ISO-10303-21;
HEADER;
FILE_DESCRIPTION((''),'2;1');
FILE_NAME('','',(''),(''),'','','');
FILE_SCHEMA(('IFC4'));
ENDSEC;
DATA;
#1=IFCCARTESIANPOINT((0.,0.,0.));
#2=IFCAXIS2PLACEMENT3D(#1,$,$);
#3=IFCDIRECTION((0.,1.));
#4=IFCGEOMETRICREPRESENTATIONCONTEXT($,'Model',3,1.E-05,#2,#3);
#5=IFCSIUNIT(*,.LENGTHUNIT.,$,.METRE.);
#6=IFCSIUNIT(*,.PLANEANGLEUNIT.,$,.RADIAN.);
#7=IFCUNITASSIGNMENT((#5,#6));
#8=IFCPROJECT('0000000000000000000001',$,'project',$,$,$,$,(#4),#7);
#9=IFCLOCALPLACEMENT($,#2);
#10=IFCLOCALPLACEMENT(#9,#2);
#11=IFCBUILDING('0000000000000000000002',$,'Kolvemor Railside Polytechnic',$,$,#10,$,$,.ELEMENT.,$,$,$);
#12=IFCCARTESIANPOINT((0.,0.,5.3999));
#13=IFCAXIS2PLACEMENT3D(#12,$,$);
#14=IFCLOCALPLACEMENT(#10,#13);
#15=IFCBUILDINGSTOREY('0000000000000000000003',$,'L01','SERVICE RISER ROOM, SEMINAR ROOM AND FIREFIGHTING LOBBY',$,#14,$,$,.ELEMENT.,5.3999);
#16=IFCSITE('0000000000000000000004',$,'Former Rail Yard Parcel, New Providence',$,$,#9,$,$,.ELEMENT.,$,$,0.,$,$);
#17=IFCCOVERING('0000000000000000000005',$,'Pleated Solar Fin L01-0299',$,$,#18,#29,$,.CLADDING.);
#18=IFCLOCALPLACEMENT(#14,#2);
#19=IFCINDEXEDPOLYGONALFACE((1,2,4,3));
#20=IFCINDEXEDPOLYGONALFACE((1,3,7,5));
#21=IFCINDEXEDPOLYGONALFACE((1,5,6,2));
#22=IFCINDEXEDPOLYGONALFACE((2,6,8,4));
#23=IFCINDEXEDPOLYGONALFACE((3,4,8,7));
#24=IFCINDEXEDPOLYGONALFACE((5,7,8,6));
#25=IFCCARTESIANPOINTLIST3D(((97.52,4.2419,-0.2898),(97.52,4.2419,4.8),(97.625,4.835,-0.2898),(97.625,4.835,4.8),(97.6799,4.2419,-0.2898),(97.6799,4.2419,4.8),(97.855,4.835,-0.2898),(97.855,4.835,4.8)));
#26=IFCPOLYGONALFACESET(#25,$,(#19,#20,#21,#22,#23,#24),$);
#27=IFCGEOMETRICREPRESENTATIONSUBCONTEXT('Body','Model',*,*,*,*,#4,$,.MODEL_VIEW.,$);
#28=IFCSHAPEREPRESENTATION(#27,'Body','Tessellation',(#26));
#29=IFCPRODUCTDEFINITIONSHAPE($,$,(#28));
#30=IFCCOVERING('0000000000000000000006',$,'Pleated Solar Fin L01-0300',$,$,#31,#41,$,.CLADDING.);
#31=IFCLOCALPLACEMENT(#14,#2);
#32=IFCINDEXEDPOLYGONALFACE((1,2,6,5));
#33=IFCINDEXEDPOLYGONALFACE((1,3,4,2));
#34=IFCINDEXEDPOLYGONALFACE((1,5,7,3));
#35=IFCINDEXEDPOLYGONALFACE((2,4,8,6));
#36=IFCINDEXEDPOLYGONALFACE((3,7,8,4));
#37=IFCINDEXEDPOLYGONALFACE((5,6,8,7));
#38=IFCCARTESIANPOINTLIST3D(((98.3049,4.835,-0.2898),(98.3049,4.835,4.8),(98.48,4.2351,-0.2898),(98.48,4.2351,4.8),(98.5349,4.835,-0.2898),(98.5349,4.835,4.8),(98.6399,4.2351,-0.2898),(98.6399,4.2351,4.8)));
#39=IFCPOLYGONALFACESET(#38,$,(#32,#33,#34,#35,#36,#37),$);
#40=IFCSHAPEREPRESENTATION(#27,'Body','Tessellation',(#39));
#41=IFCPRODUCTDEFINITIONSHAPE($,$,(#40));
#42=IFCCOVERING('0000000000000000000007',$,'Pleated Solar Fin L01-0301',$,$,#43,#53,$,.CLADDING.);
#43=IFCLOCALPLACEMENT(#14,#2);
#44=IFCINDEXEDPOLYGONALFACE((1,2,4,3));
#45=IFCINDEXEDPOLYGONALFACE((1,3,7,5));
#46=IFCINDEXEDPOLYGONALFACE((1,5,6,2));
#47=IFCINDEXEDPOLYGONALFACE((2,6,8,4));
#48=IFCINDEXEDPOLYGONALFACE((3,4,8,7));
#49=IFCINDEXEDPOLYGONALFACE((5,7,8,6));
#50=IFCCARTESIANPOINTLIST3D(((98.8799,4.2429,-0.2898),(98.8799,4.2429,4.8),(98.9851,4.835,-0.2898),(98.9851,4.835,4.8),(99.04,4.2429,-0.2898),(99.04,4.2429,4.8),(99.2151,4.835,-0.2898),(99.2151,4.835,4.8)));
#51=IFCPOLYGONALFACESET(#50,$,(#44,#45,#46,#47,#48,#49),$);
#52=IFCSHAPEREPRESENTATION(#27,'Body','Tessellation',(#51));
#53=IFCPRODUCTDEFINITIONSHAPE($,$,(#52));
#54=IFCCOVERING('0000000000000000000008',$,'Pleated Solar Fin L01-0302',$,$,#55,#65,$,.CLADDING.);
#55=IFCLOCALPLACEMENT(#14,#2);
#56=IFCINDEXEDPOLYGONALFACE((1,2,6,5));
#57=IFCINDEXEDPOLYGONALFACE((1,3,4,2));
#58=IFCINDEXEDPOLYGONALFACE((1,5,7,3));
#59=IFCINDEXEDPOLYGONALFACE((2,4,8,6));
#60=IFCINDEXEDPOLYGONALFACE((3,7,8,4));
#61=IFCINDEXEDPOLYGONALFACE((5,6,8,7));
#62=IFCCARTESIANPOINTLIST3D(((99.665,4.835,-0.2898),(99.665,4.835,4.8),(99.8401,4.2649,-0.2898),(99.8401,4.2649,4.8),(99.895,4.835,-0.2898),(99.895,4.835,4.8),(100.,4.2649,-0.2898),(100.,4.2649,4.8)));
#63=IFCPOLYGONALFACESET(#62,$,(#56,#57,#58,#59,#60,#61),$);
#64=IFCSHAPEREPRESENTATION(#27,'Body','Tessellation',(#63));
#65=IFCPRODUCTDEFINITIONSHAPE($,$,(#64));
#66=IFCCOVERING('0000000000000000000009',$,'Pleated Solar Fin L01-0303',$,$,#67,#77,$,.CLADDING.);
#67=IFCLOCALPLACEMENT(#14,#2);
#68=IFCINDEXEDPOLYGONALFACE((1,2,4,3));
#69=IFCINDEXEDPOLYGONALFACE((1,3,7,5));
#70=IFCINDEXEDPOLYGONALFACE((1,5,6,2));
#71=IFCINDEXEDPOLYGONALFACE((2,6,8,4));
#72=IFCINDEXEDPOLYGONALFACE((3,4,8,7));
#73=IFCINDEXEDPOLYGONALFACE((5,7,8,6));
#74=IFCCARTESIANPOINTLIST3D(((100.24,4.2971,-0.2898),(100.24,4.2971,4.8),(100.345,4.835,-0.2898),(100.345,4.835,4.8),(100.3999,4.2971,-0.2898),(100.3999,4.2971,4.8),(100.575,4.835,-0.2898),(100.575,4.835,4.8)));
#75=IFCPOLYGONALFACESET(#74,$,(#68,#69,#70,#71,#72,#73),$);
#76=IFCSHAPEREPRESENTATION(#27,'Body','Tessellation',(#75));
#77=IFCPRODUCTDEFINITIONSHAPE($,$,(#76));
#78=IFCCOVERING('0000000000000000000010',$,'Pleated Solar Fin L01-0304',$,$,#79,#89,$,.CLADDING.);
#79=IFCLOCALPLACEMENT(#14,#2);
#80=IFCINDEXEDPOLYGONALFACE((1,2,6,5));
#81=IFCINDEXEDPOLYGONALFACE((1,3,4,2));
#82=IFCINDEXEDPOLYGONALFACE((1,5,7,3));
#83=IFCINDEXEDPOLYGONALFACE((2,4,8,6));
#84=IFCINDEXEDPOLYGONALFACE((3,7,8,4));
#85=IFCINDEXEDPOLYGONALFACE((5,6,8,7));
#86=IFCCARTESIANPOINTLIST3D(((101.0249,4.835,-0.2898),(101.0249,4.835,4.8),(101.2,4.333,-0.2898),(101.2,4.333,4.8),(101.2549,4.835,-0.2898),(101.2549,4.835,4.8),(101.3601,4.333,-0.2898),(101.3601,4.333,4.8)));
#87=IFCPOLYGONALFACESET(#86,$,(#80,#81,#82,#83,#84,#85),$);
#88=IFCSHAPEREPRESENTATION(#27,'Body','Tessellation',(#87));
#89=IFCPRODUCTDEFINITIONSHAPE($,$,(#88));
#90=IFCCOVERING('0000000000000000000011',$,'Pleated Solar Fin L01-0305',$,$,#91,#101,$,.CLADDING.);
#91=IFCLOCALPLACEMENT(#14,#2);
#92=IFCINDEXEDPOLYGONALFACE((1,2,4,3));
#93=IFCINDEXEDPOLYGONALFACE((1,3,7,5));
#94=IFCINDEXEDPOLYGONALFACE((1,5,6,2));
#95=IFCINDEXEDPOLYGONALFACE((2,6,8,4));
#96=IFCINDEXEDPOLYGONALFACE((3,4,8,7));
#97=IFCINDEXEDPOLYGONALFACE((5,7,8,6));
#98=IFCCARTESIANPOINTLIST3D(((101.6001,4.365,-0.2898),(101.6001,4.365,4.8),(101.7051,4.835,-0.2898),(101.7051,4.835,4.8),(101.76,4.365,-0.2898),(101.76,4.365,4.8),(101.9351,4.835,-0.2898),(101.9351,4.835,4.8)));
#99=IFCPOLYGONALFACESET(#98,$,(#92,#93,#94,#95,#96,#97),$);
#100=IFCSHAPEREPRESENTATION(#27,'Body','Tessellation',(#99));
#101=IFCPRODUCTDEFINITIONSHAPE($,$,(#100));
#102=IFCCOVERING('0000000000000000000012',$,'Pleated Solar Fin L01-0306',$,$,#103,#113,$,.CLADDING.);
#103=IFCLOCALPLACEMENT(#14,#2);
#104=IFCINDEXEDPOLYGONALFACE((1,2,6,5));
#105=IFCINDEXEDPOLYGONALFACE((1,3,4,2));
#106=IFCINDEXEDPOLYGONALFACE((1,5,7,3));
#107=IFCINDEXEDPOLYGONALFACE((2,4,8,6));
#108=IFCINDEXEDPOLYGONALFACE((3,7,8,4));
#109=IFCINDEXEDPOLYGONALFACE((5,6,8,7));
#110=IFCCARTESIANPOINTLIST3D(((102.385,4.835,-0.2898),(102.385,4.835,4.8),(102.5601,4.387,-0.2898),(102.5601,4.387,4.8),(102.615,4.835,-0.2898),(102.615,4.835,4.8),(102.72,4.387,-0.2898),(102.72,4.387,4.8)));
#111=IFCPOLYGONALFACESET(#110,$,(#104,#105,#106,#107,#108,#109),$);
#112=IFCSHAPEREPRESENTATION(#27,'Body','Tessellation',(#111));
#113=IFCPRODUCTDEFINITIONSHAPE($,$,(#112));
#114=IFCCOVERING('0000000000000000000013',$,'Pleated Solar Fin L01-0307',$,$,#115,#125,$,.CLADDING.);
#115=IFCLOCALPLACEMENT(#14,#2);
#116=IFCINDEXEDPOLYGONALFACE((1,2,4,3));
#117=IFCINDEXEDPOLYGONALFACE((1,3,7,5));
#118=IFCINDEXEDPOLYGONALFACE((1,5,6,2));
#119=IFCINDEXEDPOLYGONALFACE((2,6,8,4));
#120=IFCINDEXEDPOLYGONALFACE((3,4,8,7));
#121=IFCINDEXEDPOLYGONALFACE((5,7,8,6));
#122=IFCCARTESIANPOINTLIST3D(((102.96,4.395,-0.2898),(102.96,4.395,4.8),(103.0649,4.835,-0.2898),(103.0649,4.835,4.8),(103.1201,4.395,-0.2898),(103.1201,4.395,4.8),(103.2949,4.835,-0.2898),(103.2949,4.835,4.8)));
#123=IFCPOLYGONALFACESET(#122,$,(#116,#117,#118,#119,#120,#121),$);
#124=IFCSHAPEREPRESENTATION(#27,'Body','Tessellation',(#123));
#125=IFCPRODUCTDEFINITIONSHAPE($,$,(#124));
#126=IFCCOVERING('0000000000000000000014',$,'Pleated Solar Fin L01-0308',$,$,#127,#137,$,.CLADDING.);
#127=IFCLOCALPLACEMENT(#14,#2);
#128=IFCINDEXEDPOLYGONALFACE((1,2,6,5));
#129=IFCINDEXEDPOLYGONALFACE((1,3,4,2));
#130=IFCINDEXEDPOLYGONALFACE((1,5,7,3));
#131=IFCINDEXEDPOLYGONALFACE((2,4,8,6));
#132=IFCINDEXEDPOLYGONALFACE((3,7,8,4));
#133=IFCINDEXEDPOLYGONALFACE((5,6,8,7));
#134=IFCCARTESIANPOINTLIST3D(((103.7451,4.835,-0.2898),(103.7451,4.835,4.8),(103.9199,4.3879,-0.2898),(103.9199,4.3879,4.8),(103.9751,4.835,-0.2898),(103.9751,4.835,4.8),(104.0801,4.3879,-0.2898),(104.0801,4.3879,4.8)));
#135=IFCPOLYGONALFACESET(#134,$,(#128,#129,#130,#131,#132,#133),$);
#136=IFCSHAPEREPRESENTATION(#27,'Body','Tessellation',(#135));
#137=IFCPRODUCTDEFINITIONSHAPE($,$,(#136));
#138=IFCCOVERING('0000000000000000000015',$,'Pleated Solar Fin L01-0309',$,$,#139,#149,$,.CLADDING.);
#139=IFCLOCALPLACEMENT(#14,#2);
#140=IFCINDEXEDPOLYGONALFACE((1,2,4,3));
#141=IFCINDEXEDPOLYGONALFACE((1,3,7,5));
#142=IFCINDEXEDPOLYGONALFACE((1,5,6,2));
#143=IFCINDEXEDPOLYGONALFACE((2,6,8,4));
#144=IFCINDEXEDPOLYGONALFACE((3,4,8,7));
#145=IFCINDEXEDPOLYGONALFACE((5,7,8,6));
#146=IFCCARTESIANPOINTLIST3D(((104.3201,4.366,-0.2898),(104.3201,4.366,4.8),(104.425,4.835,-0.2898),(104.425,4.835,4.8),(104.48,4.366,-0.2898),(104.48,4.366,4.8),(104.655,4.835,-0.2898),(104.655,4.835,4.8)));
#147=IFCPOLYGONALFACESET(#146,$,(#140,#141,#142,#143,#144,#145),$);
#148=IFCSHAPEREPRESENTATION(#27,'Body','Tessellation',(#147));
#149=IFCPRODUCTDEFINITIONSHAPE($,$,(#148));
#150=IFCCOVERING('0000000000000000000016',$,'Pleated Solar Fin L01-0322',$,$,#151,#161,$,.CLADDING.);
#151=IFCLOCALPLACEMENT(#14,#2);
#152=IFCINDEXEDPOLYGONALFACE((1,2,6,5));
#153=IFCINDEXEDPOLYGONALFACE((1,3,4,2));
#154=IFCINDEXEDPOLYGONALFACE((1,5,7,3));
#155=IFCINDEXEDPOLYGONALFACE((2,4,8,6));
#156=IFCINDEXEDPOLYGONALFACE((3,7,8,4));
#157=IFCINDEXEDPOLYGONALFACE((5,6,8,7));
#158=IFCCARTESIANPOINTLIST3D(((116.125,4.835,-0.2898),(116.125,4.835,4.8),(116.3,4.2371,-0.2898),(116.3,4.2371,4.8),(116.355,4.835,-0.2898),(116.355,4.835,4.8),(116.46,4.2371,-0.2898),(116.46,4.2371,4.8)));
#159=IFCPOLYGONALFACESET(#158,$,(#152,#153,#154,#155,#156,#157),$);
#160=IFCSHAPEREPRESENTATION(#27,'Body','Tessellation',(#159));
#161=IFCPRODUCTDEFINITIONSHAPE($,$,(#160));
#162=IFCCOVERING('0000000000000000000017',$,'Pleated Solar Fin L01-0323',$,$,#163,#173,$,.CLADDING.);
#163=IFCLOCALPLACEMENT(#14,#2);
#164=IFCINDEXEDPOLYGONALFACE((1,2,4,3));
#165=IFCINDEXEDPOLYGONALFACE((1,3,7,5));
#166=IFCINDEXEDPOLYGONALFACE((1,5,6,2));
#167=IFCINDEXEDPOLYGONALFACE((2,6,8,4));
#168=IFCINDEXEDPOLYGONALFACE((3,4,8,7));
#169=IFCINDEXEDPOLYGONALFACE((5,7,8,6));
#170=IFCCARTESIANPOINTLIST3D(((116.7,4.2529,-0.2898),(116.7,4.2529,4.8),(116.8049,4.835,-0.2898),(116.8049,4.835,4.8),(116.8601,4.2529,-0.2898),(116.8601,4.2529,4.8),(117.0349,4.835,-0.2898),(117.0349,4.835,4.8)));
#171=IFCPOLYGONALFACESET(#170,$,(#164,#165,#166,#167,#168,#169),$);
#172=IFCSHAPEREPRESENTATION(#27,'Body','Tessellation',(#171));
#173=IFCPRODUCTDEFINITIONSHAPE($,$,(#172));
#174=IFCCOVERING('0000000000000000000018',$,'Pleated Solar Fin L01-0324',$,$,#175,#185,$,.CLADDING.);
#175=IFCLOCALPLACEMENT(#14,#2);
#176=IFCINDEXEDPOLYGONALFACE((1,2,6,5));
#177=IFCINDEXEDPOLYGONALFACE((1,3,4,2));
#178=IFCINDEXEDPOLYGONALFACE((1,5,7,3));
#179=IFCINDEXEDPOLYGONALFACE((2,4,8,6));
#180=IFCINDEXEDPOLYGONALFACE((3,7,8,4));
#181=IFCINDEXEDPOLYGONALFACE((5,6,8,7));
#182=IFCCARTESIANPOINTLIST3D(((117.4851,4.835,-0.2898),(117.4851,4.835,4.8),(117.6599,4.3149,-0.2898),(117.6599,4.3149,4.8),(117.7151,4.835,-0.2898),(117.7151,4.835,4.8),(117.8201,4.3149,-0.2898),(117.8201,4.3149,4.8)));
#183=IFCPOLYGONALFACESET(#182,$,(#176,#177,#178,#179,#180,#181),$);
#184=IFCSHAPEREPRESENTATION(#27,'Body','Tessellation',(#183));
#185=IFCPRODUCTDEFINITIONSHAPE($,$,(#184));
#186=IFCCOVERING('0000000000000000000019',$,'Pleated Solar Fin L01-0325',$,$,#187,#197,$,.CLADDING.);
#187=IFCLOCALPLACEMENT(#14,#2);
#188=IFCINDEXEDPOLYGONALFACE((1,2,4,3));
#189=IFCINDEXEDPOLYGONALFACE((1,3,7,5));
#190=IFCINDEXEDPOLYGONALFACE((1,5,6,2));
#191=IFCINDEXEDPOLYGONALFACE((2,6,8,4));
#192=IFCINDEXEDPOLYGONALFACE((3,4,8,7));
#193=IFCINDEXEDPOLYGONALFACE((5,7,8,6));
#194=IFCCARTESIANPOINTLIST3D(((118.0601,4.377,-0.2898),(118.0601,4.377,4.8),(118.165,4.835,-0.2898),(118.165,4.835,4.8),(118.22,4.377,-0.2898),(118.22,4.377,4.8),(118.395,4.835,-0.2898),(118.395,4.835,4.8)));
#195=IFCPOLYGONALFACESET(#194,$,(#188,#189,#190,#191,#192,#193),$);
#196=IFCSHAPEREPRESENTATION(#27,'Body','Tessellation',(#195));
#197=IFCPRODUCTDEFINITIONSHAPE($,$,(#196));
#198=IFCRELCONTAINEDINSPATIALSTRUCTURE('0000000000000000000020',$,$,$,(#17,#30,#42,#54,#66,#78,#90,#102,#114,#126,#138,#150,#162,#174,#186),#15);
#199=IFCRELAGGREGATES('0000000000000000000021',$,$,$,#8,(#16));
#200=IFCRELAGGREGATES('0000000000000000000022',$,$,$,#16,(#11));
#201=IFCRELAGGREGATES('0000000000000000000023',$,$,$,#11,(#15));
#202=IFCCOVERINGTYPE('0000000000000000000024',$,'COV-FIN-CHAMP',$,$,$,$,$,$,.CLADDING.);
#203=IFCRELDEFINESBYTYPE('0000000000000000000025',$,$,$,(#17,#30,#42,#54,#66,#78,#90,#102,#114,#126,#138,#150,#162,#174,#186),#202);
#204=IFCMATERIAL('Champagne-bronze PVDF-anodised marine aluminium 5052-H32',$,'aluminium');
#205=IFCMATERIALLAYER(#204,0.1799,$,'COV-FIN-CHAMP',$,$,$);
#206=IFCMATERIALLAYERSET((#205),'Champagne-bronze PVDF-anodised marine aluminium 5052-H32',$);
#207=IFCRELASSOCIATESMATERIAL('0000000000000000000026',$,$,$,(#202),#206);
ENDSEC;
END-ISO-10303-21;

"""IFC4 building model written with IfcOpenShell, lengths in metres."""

from ifc_helpers import new_model, si_unit, direction, frame, origin, place, context, subcontext, project, spatial, polyline, outline, extrude, material, layer, layer_set, type_object, element, save


model = new_model("IFC4")

# Units and contexts
model_context = context("Model", 3, precision=1e-05, world=origin(), true_north=direction((0.0, 1.0)))
body_context = subcontext(model_context, "Body", "Model", "MODEL_VIEW")
ifc_project = project(units=[si_unit("LENGTHUNIT", "METRE"), si_unit("PLANEANGLEUNIT", "RADIAN")], contexts=[model_context])

# Site, building, storey
site_placement = place(None, origin())
site = spatial("IfcSite", under=ifc_project, at=site_placement, Name="Former Rail Yard Parcel, New Providence", CompositionType="ELEMENT", RefElevation=0.0)
building_placement = place(site_placement, origin())
building = spatial("IfcBuilding", under=site, at=building_placement, Name="Kolvemor Railside Polytechnic", CompositionType="ELEMENT")
storey_placement = place(building_placement, frame((0.0, 0.0, 5.3999)))
storey = spatial("IfcBuildingStorey", under=building, at=storey_placement, Name="L01", Description="SERVICE RISER ROOM, SEMINAR ROOM AND FIREFIGHTING LOBBY", CompositionType="ELEMENT", Elevation=5.3999)

# Coverings
ifc_material_1 = material(Name="Champagne-bronze PVDF-anodised marine aluminium 5052-H32", Category="aluminium")
ifc_layer_1 = layer(ifc_material_1, 0.1799, Name="COV-FIN-CHAMP")
ifc_layer_set_1 = layer_set([ifc_layer_1], Name="Champagne-bronze PVDF-anodised marine aluminium 5052-H32")
covering_type_1 = type_object("IfcCoveringType", Name="COV-FIN-CHAMP", PredefinedType="CLADDING", material=ifc_layer_set_1)
covering_1_placement = place(storey_placement, frame((0.0, 0.0, -0.2898)))
element("IfcCovering", 1, at=covering_1_placement, inside=storey, type_object=covering_type_1, Name="Pleated Solar Fin L01-0299", PredefinedType="CLADDING", context=body_context, shape_type="SweptSolid", body=[
    extrude(outline(polyline([(97.625, 4.835), (97.855, 4.835), (97.6799, 4.2419), (97.52, 4.2419), (97.625, 4.835)])), origin(), (0.0, 0.0, 1.0), 5.0898),
])
covering_2_placement = place(storey_placement, frame((0.0, 0.0, -0.2898)))
element("IfcCovering", 2, at=covering_2_placement, inside=storey, type_object=covering_type_1, Name="Pleated Solar Fin L01-0300", PredefinedType="CLADDING", context=body_context, shape_type="SweptSolid", body=[
    extrude(outline(polyline([(98.3049, 4.835), (98.5349, 4.835), (98.6399, 4.2351), (98.48, 4.2351), (98.3049, 4.835)])), origin(), (0.0, 0.0, 1.0), 5.0898),
])
covering_3_placement = place(storey_placement, frame((0.0, 0.0, -0.2898)))
element("IfcCovering", 3, at=covering_3_placement, inside=storey, type_object=covering_type_1, Name="Pleated Solar Fin L01-0301", PredefinedType="CLADDING", context=body_context, shape_type="SweptSolid", body=[
    extrude(outline(polyline([(98.9851, 4.835), (99.2151, 4.835), (99.04, 4.2429), (98.8799, 4.2429), (98.9851, 4.835)])), origin(), (0.0, 0.0, 1.0), 5.0898),
])
covering_4_placement = place(storey_placement, frame((0.0, 0.0, -0.2898)))
element("IfcCovering", 4, at=covering_4_placement, inside=storey, type_object=covering_type_1, Name="Pleated Solar Fin L01-0302", PredefinedType="CLADDING", context=body_context, shape_type="SweptSolid", body=[
    extrude(outline(polyline([(99.665, 4.835), (99.895, 4.835), (100.0, 4.2649), (99.8401, 4.2649), (99.665, 4.835)])), origin(), (0.0, 0.0, 1.0), 5.0898),
])
covering_5_placement = place(storey_placement, frame((0.0, 0.0, -0.2898)))
element("IfcCovering", 5, at=covering_5_placement, inside=storey, type_object=covering_type_1, Name="Pleated Solar Fin L01-0303", PredefinedType="CLADDING", context=body_context, shape_type="SweptSolid", body=[
    extrude(outline(polyline([(100.345, 4.835), (100.575, 4.835), (100.3999, 4.2971), (100.24, 4.2971), (100.345, 4.835)])), origin(), (0.0, 0.0, 1.0), 5.0898),
])
covering_6_placement = place(storey_placement, frame((0.0, 0.0, -0.2898)))
element("IfcCovering", 6, at=covering_6_placement, inside=storey, type_object=covering_type_1, Name="Pleated Solar Fin L01-0304", PredefinedType="CLADDING", context=body_context, shape_type="SweptSolid", body=[
    extrude(outline(polyline([(101.0249, 4.835), (101.2549, 4.835), (101.3601, 4.333), (101.2, 4.333), (101.0249, 4.835)])), origin(), (0.0, 0.0, 1.0), 5.0898),
])
covering_7_placement = place(storey_placement, frame((0.0, 0.0, -0.2898)))
element("IfcCovering", 7, at=covering_7_placement, inside=storey, type_object=covering_type_1, Name="Pleated Solar Fin L01-0305", PredefinedType="CLADDING", context=body_context, shape_type="SweptSolid", body=[
    extrude(outline(polyline([(101.7051, 4.835), (101.9351, 4.835), (101.76, 4.365), (101.6001, 4.365), (101.7051, 4.835)])), origin(), (0.0, 0.0, 1.0), 5.0898),
])
covering_8_placement = place(storey_placement, frame((0.0, 0.0, -0.2898)))
element("IfcCovering", 8, at=covering_8_placement, inside=storey, type_object=covering_type_1, Name="Pleated Solar Fin L01-0306", PredefinedType="CLADDING", context=body_context, shape_type="SweptSolid", body=[
    extrude(outline(polyline([(102.385, 4.835), (102.615, 4.835), (102.72, 4.387), (102.5601, 4.387), (102.385, 4.835)])), origin(), (0.0, 0.0, 1.0), 5.0898),
])
covering_9_placement = place(storey_placement, frame((0.0, 0.0, -0.2898)))
element("IfcCovering", 9, at=covering_9_placement, inside=storey, type_object=covering_type_1, Name="Pleated Solar Fin L01-0307", PredefinedType="CLADDING", context=body_context, shape_type="SweptSolid", body=[
    extrude(outline(polyline([(103.0649, 4.835), (103.2949, 4.835), (103.1201, 4.395), (102.96, 4.395), (103.0649, 4.835)])), origin(), (0.0, 0.0, 1.0), 5.0898),
])
covering_10_placement = place(storey_placement, frame((0.0, 0.0, -0.2898)))
element("IfcCovering", 10, at=covering_10_placement, inside=storey, type_object=covering_type_1, Name="Pleated Solar Fin L01-0308", PredefinedType="CLADDING", context=body_context, shape_type="SweptSolid", body=[
    extrude(outline(polyline([(103.7451, 4.835), (103.9751, 4.835), (104.0801, 4.3879), (103.9199, 4.3879), (103.7451, 4.835)])), origin(), (0.0, 0.0, 1.0), 5.0898),
])
covering_11_placement = place(storey_placement, frame((0.0, 0.0, -0.2898)))
element("IfcCovering", 11, at=covering_11_placement, inside=storey, type_object=covering_type_1, Name="Pleated Solar Fin L01-0309", PredefinedType="CLADDING", context=body_context, shape_type="SweptSolid", body=[
    extrude(outline(polyline([(104.425, 4.835), (104.655, 4.835), (104.48, 4.366), (104.3201, 4.366), (104.425, 4.835)])), origin(), (0.0, 0.0, 1.0), 5.0898),
])
covering_12_placement = place(storey_placement, frame((0.0, 0.0, -0.2898)))
element("IfcCovering", 12, at=covering_12_placement, inside=storey, type_object=covering_type_1, Name="Pleated Solar Fin L01-0322", PredefinedType="CLADDING", context=body_context, shape_type="SweptSolid", body=[
    extrude(outline(polyline([(116.125, 4.835), (116.355, 4.835), (116.46, 4.2371), (116.3, 4.2371), (116.125, 4.835)])), origin(), (0.0, 0.0, 1.0), 5.0898),
])
covering_13_placement = place(storey_placement, frame((0.0, 0.0, -0.2898)))
element("IfcCovering", 13, at=covering_13_placement, inside=storey, type_object=covering_type_1, Name="Pleated Solar Fin L01-0323", PredefinedType="CLADDING", context=body_context, shape_type="SweptSolid", body=[
    extrude(outline(polyline([(116.8049, 4.835), (117.0349, 4.835), (116.8601, 4.2529), (116.7, 4.2529), (116.8049, 4.835)])), origin(), (0.0, 0.0, 1.0), 5.0898),
])
covering_14_placement = place(storey_placement, frame((0.0, 0.0, -0.2898)))
element("IfcCovering", 14, at=covering_14_placement, inside=storey, type_object=covering_type_1, Name="Pleated Solar Fin L01-0324", PredefinedType="CLADDING", context=body_context, shape_type="SweptSolid", body=[
    extrude(outline(polyline([(117.4851, 4.835), (117.7151, 4.835), (117.8201, 4.3149), (117.6599, 4.3149), (117.4851, 4.835)])), origin(), (0.0, 0.0, 1.0), 5.0898),
])
covering_15_placement = place(storey_placement, frame((0.0, 0.0, -0.2898)))
element("IfcCovering", 15, at=covering_15_placement, inside=storey, type_object=covering_type_1, Name="Pleated Solar Fin L01-0325", PredefinedType="CLADDING", context=body_context, shape_type="SweptSolid", body=[
    extrude(outline(polyline([(118.165, 4.835), (118.395, 4.835), (118.22, 4.377), (118.0601, 4.377), (118.165, 4.835)])), origin(), (0.0, 0.0, 1.0), 5.0898),
])

save(model, "model.ifc")
